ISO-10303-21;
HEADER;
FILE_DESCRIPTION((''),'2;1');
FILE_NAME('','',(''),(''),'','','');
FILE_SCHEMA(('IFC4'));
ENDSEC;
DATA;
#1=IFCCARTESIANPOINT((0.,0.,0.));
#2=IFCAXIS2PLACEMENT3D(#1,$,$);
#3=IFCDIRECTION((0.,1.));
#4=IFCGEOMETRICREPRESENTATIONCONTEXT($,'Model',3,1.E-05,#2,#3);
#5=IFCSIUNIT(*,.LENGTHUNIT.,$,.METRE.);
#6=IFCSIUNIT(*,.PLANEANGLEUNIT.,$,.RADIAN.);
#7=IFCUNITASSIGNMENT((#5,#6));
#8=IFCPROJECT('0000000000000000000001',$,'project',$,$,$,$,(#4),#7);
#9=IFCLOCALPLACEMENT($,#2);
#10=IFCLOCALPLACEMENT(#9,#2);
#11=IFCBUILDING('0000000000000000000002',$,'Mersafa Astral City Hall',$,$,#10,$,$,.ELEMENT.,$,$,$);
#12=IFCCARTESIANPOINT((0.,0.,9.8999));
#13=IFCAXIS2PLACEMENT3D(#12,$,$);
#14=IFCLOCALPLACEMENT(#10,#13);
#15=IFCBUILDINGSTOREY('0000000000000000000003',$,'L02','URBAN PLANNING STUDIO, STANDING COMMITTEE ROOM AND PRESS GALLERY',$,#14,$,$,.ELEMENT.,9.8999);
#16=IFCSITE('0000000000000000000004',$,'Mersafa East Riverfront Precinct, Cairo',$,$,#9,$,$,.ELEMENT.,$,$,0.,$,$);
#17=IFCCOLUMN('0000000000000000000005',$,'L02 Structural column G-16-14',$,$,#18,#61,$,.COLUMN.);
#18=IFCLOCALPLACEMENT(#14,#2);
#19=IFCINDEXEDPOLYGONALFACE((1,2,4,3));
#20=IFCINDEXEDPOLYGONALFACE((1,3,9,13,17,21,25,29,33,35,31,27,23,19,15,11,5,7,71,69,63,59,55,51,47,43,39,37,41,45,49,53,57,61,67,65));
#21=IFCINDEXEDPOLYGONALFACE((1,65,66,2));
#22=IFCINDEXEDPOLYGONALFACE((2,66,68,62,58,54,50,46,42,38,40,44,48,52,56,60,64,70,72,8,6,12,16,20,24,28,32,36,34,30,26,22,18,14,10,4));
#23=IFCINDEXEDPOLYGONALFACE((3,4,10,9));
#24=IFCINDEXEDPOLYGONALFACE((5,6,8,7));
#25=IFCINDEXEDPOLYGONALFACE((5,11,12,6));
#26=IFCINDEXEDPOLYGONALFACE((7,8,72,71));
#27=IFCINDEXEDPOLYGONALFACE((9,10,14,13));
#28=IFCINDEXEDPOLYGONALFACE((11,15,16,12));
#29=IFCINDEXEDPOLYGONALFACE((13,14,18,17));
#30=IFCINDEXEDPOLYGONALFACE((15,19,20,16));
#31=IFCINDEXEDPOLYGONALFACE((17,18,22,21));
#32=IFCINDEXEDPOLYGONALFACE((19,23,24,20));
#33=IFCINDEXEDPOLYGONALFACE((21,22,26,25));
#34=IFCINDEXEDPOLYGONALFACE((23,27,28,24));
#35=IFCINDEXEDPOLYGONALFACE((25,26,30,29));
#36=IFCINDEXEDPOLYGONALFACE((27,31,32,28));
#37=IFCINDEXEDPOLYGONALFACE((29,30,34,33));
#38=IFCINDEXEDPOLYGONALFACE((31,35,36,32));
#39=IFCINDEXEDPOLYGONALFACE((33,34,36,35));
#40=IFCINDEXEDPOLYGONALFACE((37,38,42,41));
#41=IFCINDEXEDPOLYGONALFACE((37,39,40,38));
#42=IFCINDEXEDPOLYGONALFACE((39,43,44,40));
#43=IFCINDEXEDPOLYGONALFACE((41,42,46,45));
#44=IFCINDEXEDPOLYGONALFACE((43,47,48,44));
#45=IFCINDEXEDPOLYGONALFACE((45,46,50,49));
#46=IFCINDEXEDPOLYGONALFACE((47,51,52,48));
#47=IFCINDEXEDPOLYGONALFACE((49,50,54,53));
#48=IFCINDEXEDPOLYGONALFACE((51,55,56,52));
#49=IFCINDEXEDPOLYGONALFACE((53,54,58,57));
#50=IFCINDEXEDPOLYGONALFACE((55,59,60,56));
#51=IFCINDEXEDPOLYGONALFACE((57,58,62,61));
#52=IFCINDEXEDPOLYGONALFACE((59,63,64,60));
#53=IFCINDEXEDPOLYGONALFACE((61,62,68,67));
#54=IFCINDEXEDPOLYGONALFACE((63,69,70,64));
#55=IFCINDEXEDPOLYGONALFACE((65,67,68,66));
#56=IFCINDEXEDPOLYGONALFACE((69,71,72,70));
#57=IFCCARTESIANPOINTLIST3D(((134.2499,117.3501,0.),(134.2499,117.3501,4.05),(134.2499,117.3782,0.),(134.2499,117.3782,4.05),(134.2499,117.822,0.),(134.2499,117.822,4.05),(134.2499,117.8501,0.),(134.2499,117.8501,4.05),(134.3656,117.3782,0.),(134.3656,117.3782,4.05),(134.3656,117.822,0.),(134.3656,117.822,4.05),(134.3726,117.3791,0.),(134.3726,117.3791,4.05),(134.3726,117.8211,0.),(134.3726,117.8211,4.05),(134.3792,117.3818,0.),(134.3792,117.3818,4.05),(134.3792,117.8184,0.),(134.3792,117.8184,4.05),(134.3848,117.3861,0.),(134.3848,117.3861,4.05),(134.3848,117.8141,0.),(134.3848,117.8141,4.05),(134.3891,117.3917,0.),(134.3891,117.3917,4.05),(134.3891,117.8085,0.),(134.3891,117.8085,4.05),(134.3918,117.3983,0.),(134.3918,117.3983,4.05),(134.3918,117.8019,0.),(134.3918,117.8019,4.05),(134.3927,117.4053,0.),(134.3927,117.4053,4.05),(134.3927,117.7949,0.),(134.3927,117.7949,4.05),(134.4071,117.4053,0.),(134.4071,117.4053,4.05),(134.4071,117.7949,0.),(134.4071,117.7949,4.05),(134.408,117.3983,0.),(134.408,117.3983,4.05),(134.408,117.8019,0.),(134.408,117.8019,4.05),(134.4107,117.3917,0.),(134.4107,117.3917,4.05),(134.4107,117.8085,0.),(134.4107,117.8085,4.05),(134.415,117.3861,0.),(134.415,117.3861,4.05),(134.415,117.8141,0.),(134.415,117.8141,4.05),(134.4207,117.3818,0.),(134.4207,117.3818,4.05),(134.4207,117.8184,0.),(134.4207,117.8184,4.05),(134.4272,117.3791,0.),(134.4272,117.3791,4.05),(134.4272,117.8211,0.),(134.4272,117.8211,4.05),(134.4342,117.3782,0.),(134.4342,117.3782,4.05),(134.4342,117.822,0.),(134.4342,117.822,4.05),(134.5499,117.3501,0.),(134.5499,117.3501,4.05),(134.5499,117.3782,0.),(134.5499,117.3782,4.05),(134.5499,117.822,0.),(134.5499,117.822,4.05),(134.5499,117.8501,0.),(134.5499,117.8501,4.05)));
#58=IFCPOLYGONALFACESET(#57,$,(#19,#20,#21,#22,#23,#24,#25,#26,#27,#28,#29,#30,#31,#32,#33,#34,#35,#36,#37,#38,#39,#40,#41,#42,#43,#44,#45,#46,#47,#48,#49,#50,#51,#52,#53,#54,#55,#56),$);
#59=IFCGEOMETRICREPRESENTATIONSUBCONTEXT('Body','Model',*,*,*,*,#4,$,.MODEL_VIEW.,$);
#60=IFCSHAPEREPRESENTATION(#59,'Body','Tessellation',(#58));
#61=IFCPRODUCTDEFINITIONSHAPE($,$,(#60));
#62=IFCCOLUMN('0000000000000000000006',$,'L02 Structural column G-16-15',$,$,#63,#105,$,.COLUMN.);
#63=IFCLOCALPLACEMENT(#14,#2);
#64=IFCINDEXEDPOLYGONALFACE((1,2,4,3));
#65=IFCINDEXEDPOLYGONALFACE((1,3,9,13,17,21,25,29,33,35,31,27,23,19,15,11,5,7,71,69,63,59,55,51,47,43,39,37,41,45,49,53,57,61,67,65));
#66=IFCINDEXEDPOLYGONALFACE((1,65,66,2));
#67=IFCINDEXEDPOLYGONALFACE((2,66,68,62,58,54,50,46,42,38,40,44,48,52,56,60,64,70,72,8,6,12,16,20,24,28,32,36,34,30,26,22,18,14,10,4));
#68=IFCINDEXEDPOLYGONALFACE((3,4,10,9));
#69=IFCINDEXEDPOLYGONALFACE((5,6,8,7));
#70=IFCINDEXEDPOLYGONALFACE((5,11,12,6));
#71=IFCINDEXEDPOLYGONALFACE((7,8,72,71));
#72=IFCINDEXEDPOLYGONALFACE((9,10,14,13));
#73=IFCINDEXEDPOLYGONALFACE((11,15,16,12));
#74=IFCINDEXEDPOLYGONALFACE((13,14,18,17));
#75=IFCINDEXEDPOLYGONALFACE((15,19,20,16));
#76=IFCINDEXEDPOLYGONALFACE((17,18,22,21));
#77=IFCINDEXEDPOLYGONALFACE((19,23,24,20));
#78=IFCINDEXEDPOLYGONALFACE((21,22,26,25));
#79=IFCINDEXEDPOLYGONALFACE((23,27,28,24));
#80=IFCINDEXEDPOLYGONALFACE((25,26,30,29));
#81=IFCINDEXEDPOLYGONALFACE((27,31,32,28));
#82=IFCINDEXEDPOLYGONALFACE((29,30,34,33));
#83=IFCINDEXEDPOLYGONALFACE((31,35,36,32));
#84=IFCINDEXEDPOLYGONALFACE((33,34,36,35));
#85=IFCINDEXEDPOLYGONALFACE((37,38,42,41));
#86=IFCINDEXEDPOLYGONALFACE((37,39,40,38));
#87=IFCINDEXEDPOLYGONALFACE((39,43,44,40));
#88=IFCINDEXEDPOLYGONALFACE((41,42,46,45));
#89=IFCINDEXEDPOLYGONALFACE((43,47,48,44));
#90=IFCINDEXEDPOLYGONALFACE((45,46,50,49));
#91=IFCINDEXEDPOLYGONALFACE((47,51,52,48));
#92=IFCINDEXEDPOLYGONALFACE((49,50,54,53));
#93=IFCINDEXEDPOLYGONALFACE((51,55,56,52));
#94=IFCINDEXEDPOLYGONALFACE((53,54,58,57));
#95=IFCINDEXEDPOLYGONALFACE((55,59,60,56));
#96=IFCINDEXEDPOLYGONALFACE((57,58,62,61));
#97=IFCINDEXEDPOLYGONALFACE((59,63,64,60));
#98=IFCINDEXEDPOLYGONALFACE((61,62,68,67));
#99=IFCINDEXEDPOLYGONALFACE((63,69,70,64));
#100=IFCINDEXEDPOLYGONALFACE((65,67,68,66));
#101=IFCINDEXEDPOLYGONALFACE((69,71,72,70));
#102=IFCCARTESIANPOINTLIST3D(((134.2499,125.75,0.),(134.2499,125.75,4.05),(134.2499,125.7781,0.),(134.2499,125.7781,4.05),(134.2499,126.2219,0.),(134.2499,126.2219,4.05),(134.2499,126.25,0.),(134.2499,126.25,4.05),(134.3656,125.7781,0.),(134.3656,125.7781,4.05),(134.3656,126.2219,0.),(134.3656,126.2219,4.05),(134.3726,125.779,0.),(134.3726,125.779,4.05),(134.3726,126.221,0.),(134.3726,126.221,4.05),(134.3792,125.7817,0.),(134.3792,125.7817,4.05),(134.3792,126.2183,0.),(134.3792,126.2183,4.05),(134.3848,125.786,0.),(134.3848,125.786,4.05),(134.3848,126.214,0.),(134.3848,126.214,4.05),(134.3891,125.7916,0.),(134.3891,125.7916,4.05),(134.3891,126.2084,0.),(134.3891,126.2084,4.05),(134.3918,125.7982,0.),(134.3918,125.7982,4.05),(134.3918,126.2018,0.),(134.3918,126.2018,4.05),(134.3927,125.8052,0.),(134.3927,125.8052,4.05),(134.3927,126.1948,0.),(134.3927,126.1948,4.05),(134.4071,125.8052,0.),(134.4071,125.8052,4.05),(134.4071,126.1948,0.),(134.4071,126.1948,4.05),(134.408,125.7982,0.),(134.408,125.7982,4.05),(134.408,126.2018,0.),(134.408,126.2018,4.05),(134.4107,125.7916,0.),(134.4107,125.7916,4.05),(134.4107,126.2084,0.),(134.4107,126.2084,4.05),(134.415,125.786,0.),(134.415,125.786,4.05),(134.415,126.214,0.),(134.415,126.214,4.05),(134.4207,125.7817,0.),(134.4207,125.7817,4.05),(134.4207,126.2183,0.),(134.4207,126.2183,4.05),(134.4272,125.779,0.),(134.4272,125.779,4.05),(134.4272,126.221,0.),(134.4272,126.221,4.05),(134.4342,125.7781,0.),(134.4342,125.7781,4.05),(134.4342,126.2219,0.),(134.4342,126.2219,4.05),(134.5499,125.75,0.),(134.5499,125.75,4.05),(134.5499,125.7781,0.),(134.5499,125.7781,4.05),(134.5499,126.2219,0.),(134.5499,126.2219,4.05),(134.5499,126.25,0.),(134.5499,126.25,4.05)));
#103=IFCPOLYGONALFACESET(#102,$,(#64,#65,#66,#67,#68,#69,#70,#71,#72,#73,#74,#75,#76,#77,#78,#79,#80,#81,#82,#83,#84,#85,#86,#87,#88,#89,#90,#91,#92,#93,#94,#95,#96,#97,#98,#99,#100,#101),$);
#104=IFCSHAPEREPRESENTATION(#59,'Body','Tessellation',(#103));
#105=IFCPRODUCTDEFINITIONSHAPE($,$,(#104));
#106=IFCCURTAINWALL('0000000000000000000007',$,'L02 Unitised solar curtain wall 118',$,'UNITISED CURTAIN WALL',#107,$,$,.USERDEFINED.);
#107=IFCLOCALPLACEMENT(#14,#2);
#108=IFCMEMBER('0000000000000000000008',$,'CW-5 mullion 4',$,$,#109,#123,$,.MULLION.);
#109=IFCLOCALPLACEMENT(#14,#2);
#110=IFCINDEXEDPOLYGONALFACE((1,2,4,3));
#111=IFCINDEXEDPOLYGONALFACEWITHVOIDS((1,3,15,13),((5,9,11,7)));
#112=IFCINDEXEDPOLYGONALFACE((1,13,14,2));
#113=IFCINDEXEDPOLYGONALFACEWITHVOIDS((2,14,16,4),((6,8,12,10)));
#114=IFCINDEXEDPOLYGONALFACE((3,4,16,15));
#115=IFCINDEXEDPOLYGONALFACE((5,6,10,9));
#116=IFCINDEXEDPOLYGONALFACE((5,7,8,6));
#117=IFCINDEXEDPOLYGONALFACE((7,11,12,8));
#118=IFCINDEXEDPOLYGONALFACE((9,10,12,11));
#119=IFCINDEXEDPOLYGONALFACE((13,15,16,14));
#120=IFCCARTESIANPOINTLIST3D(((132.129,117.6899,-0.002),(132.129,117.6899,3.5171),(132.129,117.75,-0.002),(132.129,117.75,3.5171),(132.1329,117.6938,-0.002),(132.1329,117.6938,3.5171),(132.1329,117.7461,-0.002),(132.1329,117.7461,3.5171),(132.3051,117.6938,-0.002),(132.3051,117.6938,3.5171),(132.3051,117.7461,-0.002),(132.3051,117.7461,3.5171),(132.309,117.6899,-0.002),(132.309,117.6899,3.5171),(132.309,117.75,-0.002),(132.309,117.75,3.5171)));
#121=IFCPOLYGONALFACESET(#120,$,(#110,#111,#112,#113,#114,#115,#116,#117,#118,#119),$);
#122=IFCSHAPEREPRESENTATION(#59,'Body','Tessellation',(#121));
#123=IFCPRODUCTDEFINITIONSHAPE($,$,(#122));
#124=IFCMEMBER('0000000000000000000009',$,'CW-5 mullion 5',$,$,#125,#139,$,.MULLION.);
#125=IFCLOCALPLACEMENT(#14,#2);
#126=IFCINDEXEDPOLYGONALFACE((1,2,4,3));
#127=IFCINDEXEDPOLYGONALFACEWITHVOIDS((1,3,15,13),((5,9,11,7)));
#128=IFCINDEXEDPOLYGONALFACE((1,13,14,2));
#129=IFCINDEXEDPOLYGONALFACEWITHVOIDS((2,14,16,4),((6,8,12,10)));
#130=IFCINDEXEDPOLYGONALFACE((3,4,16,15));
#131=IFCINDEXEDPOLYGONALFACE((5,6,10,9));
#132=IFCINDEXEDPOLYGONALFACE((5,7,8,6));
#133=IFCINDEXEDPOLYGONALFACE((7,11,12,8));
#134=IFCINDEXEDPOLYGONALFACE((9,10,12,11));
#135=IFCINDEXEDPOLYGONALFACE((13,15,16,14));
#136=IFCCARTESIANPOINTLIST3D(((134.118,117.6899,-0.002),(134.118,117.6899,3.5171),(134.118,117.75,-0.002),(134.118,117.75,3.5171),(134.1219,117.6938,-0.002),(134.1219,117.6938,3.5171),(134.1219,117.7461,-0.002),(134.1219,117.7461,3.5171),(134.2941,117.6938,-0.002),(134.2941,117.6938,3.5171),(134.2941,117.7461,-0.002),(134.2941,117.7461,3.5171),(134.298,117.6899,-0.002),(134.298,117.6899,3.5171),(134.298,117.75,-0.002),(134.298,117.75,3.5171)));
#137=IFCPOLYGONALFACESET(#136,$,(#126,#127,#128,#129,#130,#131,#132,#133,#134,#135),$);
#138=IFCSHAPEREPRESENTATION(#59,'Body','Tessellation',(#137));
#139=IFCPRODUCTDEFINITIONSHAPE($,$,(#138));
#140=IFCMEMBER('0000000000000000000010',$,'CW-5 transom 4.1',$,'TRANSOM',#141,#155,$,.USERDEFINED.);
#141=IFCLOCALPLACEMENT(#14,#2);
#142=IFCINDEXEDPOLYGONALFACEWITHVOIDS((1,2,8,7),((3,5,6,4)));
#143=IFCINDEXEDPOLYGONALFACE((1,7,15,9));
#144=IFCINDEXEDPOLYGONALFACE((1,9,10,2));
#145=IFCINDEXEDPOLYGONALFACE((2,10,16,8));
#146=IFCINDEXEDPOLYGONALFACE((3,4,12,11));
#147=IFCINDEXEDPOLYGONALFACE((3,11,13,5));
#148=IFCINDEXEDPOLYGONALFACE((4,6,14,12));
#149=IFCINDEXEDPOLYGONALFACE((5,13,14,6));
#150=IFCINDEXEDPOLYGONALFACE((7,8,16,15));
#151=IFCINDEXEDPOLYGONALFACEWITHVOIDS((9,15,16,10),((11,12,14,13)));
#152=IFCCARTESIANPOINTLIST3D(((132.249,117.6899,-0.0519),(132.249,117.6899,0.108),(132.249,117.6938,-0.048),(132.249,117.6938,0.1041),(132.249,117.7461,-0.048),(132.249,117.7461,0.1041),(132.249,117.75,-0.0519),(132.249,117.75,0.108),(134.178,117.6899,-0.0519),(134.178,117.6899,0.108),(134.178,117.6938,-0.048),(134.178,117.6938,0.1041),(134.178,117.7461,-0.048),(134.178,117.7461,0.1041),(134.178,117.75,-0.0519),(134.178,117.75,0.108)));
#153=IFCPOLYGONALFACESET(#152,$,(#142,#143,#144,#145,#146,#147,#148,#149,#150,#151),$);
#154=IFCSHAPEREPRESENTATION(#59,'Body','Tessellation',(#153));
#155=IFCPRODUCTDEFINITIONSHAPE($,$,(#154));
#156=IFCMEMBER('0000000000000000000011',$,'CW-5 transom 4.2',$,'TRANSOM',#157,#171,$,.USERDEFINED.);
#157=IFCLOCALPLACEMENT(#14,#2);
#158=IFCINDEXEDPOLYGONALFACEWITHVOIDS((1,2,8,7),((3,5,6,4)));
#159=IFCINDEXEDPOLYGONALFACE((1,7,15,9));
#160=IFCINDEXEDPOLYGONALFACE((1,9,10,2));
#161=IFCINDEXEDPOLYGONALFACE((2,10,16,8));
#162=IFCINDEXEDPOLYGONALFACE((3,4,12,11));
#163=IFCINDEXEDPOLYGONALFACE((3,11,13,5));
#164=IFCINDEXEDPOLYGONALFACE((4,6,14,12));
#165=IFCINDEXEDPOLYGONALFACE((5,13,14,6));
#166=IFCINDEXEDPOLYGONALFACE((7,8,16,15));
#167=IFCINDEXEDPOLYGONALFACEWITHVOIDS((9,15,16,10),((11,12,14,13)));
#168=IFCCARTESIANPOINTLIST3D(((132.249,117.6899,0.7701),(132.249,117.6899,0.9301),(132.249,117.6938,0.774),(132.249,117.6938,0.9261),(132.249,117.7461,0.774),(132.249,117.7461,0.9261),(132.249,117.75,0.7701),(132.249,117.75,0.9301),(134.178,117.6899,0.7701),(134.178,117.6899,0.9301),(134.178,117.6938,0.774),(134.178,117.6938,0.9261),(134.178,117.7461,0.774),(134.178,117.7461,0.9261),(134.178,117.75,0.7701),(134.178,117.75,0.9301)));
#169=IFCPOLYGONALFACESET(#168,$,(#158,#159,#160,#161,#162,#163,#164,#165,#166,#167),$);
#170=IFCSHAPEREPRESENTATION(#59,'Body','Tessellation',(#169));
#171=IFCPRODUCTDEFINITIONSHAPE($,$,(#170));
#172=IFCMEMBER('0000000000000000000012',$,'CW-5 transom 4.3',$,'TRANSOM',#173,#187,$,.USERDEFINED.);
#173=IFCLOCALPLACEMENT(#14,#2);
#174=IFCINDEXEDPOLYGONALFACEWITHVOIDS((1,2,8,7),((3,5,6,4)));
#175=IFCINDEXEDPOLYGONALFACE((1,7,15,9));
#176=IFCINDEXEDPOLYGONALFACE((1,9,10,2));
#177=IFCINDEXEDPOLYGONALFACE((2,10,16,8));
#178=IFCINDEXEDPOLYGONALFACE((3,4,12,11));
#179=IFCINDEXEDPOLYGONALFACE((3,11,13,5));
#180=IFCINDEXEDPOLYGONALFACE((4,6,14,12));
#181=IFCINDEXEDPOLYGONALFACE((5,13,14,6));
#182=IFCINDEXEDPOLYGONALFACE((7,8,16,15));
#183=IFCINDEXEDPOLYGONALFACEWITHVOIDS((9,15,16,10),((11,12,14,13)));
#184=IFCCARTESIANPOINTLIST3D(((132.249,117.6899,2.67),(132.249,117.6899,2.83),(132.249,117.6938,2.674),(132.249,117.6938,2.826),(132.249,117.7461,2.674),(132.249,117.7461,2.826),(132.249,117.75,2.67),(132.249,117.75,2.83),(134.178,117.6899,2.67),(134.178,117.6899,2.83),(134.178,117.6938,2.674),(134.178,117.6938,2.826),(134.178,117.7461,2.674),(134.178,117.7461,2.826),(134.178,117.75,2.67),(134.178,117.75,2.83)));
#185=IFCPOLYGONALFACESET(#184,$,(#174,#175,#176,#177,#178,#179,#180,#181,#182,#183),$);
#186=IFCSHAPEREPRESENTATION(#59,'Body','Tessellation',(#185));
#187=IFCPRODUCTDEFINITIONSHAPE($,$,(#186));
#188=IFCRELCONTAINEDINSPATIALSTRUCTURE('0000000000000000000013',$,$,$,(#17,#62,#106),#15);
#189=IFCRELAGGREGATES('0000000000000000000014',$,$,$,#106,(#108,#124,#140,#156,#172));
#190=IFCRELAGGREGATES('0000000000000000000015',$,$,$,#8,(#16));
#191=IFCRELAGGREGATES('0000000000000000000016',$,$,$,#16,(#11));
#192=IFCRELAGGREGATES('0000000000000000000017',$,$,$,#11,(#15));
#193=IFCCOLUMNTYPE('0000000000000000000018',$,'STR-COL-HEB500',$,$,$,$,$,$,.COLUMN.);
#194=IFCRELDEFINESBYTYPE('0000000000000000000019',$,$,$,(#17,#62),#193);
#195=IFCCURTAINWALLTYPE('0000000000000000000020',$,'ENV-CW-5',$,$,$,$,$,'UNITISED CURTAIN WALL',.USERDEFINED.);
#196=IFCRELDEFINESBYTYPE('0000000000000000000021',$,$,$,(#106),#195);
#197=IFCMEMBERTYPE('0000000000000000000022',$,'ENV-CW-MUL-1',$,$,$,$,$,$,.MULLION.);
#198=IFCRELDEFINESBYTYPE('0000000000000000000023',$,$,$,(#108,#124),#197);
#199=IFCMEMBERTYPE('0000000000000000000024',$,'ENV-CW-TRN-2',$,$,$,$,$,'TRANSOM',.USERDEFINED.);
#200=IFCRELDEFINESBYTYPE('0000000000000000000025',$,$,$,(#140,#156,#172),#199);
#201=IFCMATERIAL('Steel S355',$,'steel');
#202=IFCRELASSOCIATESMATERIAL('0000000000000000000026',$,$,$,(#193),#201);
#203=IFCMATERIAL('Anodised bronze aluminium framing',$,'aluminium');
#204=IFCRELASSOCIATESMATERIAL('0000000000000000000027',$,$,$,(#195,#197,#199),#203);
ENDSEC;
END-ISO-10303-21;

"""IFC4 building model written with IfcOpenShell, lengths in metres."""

from ifc_helpers import new_model, si_unit, direction, frame, origin, origin_2d, place, context, subcontext, project, spatial, hollow_rectangle, i_section, extrude, material, material_profile, profile_set, type_object, element, aggregate, save


model = new_model("IFC4")

# Units and contexts
model_context = context("Model", 3, precision=1e-05, world=origin(), true_north=direction((0.0, 1.0)))
body_context = subcontext(model_context, "Body", "Model", "MODEL_VIEW")
ifc_project = project(units=[si_unit("LENGTHUNIT", "METRE"), si_unit("PLANEANGLEUNIT", "RADIAN")], contexts=[model_context])

# Site, building, storey
site_placement = place(None, origin())
site = spatial("IfcSite", under=ifc_project, at=site_placement, Name="Mersafa East Riverfront Precinct, Cairo", CompositionType="ELEMENT", RefElevation=0.0)
building_placement = place(site_placement, origin())
building = spatial("IfcBuilding", under=site, at=building_placement, Name="Mersafa Astral City Hall", CompositionType="ELEMENT")
storey_placement = place(building_placement, frame((0.0, 0.0, 9.8999)))
storey = spatial("IfcBuildingStorey", under=building, at=storey_placement, Name="L02", Description="URBAN PLANNING STUDIO, STANDING COMMITTEE ROOM AND PRESS GALLERY", CompositionType="ELEMENT", Elevation=9.8999)

# Columns
ifc_material_1 = material(Name="Steel S355", Category="steel")
ifc_material_profile_1 = material_profile(ifc_material_1, i_section(OverallWidth=0.3, OverallDepth=0.5, WebThickness=0.0144, FlangeThickness=0.0281, FilletRadius=0.0271, at=origin_2d()), Name="HEB 500")
ifc_profile_set_1 = profile_set([ifc_material_profile_1], Name="Steel S355")
column_type = type_object("IfcColumnType", Name="STR-COL-HEB500", PredefinedType="COLUMN", material=ifc_profile_set_1)
for number, where, z_axis, x_axis, name in (
    (1, (134.3999, 117.6001, 0.0), (0.0, 0.0, 1.0), (1.0, 0.0, 0.0), "L02 Structural column G-16-14"),
    (2, (134.3999, 126.0, 0.0), (0.0, 0.0, 1.0), (1.0, 0.0, 0.0), "L02 Structural column G-16-15"),
):
    element("IfcColumn", number, at=place(storey_placement, frame(where, z_axis=z_axis, x_axis=x_axis)), inside=storey, type_object=column_type, Name=name, PredefinedType="COLUMN", context=body_context, shape_type="SweptSolid", body=[
        extrude(i_section(OverallWidth=0.3, OverallDepth=0.5, WebThickness=0.0144, FlangeThickness=0.0281, FilletRadius=0.0271, at=origin_2d()), origin(), (0.0, 0.0, 1.0), 4.05),
    ])

# Curtain wall, members
ifc_material_2 = material(Name="Anodised bronze aluminium framing", Category="aluminium")
curtain_wall_type = type_object("IfcCurtainWallType", Name="ENV-CW-5", ElementType="UNITISED CURTAIN WALL", PredefinedType="USERDEFINED", material=ifc_material_2)
curtain_wall_placement = place(storey_placement, origin())
curtain_wall = element("IfcCurtainWall", 3, at=curtain_wall_placement, inside=storey, type_object=curtain_wall_type, Name="L02 Unitised solar curtain wall 118", ObjectType="UNITISED CURTAIN WALL", PredefinedType="USERDEFINED")
ifc_material_profile_2 = material_profile(ifc_material_2, hollow_rectangle(XDim=0.0601, YDim=0.1799, WallThickness=0.0039, at=origin_2d()), Name="RHS 60x180x4")
ifc_profile_set_2 = profile_set([ifc_material_profile_2], Name="Anodised bronze aluminium framing")
member_type_1 = type_object("IfcMemberType", Name="ENV-CW-MUL-1", PredefinedType="MULLION", material=ifc_profile_set_2)
member_1_placement = place(storey_placement, frame((132.219, 117.72, -0.002), z_axis=(0.0, 0.0, 1.0), x_axis=(0.0, 1.0, 0.0)))
member_1 = element("IfcMember", 4, at=member_1_placement, type_object=member_type_1, Name="CW-5 mullion 4", PredefinedType="MULLION", context=body_context, shape_type="SweptSolid", body=[
    extrude(hollow_rectangle(XDim=0.0601, YDim=0.1799, WallThickness=0.0039, at=origin_2d()), origin(), (0.0, 0.0, 1.0), 3.519),
])
member_2_placement = place(storey_placement, frame((134.208, 117.72, -0.002), z_axis=(0.0, 0.0, 1.0), x_axis=(0.0, 1.0, 0.0)))
member_2 = element("IfcMember", 5, at=member_2_placement, type_object=member_type_1, Name="CW-5 mullion 5", PredefinedType="MULLION", context=body_context, shape_type="SweptSolid", body=[
    extrude(hollow_rectangle(XDim=0.0601, YDim=0.1799, WallThickness=0.0039, at=origin_2d()), origin(), (0.0, 0.0, 1.0), 3.519),
])
ifc_material_profile_3 = material_profile(ifc_material_2, hollow_rectangle(XDim=0.0601, YDim=0.1599, WallThickness=0.0039, at=origin_2d()), Name="RHS 60x160x4")
ifc_profile_set_3 = profile_set([ifc_material_profile_3], Name="Anodised bronze aluminium framing")
member_type_2 = type_object("IfcMemberType", Name="ENV-CW-TRN-2", ElementType="TRANSOM", PredefinedType="USERDEFINED", material=ifc_profile_set_3)
member_3_placement = place(storey_placement, frame((132.249, 117.72, 0.0281), z_axis=(1.0, 0.0, 0.0), x_axis=(0.0, 1.0, 0.0)))
member_3 = element("IfcMember", 6, at=member_3_placement, type_object=member_type_2, Name="CW-5 transom 4.1", ObjectType="TRANSOM", PredefinedType="USERDEFINED", context=body_context, shape_type="SweptSolid", body=[
    extrude(hollow_rectangle(XDim=0.0601, YDim=0.1599, WallThickness=0.0039, at=origin_2d()), origin(), (0.0, 0.0, 1.0), 1.929),
])
member_4_placement = place(storey_placement, frame((132.249, 117.72, 0.8501), z_axis=(1.0, 0.0, 0.0), x_axis=(0.0, 1.0, 0.0)))
member_4 = element("IfcMember", 7, at=member_4_placement, type_object=member_type_2, Name="CW-5 transom 4.2", ObjectType="TRANSOM", PredefinedType="USERDEFINED", context=body_context, shape_type="SweptSolid", body=[
    extrude(hollow_rectangle(XDim=0.0601, YDim=0.1599, WallThickness=0.0039, at=origin_2d()), origin(), (0.0, 0.0, 1.0), 1.929),
])
member_5_placement = place(storey_placement, frame((132.249, 117.72, 2.75), z_axis=(1.0, 0.0, 0.0), x_axis=(0.0, 1.0, 0.0)))
member_5 = element("IfcMember", 8, at=member_5_placement, type_object=member_type_2, Name="CW-5 transom 4.3", ObjectType="TRANSOM", PredefinedType="USERDEFINED", context=body_context, shape_type="SweptSolid", body=[
    extrude(hollow_rectangle(XDim=0.0601, YDim=0.1599, WallThickness=0.0039, at=origin_2d()), origin(), (0.0, 0.0, 1.0), 1.929),
])

aggregate(curtain_wall, [member_1, member_2, member_3, member_4, member_5])

save(model, "model.ifc")
